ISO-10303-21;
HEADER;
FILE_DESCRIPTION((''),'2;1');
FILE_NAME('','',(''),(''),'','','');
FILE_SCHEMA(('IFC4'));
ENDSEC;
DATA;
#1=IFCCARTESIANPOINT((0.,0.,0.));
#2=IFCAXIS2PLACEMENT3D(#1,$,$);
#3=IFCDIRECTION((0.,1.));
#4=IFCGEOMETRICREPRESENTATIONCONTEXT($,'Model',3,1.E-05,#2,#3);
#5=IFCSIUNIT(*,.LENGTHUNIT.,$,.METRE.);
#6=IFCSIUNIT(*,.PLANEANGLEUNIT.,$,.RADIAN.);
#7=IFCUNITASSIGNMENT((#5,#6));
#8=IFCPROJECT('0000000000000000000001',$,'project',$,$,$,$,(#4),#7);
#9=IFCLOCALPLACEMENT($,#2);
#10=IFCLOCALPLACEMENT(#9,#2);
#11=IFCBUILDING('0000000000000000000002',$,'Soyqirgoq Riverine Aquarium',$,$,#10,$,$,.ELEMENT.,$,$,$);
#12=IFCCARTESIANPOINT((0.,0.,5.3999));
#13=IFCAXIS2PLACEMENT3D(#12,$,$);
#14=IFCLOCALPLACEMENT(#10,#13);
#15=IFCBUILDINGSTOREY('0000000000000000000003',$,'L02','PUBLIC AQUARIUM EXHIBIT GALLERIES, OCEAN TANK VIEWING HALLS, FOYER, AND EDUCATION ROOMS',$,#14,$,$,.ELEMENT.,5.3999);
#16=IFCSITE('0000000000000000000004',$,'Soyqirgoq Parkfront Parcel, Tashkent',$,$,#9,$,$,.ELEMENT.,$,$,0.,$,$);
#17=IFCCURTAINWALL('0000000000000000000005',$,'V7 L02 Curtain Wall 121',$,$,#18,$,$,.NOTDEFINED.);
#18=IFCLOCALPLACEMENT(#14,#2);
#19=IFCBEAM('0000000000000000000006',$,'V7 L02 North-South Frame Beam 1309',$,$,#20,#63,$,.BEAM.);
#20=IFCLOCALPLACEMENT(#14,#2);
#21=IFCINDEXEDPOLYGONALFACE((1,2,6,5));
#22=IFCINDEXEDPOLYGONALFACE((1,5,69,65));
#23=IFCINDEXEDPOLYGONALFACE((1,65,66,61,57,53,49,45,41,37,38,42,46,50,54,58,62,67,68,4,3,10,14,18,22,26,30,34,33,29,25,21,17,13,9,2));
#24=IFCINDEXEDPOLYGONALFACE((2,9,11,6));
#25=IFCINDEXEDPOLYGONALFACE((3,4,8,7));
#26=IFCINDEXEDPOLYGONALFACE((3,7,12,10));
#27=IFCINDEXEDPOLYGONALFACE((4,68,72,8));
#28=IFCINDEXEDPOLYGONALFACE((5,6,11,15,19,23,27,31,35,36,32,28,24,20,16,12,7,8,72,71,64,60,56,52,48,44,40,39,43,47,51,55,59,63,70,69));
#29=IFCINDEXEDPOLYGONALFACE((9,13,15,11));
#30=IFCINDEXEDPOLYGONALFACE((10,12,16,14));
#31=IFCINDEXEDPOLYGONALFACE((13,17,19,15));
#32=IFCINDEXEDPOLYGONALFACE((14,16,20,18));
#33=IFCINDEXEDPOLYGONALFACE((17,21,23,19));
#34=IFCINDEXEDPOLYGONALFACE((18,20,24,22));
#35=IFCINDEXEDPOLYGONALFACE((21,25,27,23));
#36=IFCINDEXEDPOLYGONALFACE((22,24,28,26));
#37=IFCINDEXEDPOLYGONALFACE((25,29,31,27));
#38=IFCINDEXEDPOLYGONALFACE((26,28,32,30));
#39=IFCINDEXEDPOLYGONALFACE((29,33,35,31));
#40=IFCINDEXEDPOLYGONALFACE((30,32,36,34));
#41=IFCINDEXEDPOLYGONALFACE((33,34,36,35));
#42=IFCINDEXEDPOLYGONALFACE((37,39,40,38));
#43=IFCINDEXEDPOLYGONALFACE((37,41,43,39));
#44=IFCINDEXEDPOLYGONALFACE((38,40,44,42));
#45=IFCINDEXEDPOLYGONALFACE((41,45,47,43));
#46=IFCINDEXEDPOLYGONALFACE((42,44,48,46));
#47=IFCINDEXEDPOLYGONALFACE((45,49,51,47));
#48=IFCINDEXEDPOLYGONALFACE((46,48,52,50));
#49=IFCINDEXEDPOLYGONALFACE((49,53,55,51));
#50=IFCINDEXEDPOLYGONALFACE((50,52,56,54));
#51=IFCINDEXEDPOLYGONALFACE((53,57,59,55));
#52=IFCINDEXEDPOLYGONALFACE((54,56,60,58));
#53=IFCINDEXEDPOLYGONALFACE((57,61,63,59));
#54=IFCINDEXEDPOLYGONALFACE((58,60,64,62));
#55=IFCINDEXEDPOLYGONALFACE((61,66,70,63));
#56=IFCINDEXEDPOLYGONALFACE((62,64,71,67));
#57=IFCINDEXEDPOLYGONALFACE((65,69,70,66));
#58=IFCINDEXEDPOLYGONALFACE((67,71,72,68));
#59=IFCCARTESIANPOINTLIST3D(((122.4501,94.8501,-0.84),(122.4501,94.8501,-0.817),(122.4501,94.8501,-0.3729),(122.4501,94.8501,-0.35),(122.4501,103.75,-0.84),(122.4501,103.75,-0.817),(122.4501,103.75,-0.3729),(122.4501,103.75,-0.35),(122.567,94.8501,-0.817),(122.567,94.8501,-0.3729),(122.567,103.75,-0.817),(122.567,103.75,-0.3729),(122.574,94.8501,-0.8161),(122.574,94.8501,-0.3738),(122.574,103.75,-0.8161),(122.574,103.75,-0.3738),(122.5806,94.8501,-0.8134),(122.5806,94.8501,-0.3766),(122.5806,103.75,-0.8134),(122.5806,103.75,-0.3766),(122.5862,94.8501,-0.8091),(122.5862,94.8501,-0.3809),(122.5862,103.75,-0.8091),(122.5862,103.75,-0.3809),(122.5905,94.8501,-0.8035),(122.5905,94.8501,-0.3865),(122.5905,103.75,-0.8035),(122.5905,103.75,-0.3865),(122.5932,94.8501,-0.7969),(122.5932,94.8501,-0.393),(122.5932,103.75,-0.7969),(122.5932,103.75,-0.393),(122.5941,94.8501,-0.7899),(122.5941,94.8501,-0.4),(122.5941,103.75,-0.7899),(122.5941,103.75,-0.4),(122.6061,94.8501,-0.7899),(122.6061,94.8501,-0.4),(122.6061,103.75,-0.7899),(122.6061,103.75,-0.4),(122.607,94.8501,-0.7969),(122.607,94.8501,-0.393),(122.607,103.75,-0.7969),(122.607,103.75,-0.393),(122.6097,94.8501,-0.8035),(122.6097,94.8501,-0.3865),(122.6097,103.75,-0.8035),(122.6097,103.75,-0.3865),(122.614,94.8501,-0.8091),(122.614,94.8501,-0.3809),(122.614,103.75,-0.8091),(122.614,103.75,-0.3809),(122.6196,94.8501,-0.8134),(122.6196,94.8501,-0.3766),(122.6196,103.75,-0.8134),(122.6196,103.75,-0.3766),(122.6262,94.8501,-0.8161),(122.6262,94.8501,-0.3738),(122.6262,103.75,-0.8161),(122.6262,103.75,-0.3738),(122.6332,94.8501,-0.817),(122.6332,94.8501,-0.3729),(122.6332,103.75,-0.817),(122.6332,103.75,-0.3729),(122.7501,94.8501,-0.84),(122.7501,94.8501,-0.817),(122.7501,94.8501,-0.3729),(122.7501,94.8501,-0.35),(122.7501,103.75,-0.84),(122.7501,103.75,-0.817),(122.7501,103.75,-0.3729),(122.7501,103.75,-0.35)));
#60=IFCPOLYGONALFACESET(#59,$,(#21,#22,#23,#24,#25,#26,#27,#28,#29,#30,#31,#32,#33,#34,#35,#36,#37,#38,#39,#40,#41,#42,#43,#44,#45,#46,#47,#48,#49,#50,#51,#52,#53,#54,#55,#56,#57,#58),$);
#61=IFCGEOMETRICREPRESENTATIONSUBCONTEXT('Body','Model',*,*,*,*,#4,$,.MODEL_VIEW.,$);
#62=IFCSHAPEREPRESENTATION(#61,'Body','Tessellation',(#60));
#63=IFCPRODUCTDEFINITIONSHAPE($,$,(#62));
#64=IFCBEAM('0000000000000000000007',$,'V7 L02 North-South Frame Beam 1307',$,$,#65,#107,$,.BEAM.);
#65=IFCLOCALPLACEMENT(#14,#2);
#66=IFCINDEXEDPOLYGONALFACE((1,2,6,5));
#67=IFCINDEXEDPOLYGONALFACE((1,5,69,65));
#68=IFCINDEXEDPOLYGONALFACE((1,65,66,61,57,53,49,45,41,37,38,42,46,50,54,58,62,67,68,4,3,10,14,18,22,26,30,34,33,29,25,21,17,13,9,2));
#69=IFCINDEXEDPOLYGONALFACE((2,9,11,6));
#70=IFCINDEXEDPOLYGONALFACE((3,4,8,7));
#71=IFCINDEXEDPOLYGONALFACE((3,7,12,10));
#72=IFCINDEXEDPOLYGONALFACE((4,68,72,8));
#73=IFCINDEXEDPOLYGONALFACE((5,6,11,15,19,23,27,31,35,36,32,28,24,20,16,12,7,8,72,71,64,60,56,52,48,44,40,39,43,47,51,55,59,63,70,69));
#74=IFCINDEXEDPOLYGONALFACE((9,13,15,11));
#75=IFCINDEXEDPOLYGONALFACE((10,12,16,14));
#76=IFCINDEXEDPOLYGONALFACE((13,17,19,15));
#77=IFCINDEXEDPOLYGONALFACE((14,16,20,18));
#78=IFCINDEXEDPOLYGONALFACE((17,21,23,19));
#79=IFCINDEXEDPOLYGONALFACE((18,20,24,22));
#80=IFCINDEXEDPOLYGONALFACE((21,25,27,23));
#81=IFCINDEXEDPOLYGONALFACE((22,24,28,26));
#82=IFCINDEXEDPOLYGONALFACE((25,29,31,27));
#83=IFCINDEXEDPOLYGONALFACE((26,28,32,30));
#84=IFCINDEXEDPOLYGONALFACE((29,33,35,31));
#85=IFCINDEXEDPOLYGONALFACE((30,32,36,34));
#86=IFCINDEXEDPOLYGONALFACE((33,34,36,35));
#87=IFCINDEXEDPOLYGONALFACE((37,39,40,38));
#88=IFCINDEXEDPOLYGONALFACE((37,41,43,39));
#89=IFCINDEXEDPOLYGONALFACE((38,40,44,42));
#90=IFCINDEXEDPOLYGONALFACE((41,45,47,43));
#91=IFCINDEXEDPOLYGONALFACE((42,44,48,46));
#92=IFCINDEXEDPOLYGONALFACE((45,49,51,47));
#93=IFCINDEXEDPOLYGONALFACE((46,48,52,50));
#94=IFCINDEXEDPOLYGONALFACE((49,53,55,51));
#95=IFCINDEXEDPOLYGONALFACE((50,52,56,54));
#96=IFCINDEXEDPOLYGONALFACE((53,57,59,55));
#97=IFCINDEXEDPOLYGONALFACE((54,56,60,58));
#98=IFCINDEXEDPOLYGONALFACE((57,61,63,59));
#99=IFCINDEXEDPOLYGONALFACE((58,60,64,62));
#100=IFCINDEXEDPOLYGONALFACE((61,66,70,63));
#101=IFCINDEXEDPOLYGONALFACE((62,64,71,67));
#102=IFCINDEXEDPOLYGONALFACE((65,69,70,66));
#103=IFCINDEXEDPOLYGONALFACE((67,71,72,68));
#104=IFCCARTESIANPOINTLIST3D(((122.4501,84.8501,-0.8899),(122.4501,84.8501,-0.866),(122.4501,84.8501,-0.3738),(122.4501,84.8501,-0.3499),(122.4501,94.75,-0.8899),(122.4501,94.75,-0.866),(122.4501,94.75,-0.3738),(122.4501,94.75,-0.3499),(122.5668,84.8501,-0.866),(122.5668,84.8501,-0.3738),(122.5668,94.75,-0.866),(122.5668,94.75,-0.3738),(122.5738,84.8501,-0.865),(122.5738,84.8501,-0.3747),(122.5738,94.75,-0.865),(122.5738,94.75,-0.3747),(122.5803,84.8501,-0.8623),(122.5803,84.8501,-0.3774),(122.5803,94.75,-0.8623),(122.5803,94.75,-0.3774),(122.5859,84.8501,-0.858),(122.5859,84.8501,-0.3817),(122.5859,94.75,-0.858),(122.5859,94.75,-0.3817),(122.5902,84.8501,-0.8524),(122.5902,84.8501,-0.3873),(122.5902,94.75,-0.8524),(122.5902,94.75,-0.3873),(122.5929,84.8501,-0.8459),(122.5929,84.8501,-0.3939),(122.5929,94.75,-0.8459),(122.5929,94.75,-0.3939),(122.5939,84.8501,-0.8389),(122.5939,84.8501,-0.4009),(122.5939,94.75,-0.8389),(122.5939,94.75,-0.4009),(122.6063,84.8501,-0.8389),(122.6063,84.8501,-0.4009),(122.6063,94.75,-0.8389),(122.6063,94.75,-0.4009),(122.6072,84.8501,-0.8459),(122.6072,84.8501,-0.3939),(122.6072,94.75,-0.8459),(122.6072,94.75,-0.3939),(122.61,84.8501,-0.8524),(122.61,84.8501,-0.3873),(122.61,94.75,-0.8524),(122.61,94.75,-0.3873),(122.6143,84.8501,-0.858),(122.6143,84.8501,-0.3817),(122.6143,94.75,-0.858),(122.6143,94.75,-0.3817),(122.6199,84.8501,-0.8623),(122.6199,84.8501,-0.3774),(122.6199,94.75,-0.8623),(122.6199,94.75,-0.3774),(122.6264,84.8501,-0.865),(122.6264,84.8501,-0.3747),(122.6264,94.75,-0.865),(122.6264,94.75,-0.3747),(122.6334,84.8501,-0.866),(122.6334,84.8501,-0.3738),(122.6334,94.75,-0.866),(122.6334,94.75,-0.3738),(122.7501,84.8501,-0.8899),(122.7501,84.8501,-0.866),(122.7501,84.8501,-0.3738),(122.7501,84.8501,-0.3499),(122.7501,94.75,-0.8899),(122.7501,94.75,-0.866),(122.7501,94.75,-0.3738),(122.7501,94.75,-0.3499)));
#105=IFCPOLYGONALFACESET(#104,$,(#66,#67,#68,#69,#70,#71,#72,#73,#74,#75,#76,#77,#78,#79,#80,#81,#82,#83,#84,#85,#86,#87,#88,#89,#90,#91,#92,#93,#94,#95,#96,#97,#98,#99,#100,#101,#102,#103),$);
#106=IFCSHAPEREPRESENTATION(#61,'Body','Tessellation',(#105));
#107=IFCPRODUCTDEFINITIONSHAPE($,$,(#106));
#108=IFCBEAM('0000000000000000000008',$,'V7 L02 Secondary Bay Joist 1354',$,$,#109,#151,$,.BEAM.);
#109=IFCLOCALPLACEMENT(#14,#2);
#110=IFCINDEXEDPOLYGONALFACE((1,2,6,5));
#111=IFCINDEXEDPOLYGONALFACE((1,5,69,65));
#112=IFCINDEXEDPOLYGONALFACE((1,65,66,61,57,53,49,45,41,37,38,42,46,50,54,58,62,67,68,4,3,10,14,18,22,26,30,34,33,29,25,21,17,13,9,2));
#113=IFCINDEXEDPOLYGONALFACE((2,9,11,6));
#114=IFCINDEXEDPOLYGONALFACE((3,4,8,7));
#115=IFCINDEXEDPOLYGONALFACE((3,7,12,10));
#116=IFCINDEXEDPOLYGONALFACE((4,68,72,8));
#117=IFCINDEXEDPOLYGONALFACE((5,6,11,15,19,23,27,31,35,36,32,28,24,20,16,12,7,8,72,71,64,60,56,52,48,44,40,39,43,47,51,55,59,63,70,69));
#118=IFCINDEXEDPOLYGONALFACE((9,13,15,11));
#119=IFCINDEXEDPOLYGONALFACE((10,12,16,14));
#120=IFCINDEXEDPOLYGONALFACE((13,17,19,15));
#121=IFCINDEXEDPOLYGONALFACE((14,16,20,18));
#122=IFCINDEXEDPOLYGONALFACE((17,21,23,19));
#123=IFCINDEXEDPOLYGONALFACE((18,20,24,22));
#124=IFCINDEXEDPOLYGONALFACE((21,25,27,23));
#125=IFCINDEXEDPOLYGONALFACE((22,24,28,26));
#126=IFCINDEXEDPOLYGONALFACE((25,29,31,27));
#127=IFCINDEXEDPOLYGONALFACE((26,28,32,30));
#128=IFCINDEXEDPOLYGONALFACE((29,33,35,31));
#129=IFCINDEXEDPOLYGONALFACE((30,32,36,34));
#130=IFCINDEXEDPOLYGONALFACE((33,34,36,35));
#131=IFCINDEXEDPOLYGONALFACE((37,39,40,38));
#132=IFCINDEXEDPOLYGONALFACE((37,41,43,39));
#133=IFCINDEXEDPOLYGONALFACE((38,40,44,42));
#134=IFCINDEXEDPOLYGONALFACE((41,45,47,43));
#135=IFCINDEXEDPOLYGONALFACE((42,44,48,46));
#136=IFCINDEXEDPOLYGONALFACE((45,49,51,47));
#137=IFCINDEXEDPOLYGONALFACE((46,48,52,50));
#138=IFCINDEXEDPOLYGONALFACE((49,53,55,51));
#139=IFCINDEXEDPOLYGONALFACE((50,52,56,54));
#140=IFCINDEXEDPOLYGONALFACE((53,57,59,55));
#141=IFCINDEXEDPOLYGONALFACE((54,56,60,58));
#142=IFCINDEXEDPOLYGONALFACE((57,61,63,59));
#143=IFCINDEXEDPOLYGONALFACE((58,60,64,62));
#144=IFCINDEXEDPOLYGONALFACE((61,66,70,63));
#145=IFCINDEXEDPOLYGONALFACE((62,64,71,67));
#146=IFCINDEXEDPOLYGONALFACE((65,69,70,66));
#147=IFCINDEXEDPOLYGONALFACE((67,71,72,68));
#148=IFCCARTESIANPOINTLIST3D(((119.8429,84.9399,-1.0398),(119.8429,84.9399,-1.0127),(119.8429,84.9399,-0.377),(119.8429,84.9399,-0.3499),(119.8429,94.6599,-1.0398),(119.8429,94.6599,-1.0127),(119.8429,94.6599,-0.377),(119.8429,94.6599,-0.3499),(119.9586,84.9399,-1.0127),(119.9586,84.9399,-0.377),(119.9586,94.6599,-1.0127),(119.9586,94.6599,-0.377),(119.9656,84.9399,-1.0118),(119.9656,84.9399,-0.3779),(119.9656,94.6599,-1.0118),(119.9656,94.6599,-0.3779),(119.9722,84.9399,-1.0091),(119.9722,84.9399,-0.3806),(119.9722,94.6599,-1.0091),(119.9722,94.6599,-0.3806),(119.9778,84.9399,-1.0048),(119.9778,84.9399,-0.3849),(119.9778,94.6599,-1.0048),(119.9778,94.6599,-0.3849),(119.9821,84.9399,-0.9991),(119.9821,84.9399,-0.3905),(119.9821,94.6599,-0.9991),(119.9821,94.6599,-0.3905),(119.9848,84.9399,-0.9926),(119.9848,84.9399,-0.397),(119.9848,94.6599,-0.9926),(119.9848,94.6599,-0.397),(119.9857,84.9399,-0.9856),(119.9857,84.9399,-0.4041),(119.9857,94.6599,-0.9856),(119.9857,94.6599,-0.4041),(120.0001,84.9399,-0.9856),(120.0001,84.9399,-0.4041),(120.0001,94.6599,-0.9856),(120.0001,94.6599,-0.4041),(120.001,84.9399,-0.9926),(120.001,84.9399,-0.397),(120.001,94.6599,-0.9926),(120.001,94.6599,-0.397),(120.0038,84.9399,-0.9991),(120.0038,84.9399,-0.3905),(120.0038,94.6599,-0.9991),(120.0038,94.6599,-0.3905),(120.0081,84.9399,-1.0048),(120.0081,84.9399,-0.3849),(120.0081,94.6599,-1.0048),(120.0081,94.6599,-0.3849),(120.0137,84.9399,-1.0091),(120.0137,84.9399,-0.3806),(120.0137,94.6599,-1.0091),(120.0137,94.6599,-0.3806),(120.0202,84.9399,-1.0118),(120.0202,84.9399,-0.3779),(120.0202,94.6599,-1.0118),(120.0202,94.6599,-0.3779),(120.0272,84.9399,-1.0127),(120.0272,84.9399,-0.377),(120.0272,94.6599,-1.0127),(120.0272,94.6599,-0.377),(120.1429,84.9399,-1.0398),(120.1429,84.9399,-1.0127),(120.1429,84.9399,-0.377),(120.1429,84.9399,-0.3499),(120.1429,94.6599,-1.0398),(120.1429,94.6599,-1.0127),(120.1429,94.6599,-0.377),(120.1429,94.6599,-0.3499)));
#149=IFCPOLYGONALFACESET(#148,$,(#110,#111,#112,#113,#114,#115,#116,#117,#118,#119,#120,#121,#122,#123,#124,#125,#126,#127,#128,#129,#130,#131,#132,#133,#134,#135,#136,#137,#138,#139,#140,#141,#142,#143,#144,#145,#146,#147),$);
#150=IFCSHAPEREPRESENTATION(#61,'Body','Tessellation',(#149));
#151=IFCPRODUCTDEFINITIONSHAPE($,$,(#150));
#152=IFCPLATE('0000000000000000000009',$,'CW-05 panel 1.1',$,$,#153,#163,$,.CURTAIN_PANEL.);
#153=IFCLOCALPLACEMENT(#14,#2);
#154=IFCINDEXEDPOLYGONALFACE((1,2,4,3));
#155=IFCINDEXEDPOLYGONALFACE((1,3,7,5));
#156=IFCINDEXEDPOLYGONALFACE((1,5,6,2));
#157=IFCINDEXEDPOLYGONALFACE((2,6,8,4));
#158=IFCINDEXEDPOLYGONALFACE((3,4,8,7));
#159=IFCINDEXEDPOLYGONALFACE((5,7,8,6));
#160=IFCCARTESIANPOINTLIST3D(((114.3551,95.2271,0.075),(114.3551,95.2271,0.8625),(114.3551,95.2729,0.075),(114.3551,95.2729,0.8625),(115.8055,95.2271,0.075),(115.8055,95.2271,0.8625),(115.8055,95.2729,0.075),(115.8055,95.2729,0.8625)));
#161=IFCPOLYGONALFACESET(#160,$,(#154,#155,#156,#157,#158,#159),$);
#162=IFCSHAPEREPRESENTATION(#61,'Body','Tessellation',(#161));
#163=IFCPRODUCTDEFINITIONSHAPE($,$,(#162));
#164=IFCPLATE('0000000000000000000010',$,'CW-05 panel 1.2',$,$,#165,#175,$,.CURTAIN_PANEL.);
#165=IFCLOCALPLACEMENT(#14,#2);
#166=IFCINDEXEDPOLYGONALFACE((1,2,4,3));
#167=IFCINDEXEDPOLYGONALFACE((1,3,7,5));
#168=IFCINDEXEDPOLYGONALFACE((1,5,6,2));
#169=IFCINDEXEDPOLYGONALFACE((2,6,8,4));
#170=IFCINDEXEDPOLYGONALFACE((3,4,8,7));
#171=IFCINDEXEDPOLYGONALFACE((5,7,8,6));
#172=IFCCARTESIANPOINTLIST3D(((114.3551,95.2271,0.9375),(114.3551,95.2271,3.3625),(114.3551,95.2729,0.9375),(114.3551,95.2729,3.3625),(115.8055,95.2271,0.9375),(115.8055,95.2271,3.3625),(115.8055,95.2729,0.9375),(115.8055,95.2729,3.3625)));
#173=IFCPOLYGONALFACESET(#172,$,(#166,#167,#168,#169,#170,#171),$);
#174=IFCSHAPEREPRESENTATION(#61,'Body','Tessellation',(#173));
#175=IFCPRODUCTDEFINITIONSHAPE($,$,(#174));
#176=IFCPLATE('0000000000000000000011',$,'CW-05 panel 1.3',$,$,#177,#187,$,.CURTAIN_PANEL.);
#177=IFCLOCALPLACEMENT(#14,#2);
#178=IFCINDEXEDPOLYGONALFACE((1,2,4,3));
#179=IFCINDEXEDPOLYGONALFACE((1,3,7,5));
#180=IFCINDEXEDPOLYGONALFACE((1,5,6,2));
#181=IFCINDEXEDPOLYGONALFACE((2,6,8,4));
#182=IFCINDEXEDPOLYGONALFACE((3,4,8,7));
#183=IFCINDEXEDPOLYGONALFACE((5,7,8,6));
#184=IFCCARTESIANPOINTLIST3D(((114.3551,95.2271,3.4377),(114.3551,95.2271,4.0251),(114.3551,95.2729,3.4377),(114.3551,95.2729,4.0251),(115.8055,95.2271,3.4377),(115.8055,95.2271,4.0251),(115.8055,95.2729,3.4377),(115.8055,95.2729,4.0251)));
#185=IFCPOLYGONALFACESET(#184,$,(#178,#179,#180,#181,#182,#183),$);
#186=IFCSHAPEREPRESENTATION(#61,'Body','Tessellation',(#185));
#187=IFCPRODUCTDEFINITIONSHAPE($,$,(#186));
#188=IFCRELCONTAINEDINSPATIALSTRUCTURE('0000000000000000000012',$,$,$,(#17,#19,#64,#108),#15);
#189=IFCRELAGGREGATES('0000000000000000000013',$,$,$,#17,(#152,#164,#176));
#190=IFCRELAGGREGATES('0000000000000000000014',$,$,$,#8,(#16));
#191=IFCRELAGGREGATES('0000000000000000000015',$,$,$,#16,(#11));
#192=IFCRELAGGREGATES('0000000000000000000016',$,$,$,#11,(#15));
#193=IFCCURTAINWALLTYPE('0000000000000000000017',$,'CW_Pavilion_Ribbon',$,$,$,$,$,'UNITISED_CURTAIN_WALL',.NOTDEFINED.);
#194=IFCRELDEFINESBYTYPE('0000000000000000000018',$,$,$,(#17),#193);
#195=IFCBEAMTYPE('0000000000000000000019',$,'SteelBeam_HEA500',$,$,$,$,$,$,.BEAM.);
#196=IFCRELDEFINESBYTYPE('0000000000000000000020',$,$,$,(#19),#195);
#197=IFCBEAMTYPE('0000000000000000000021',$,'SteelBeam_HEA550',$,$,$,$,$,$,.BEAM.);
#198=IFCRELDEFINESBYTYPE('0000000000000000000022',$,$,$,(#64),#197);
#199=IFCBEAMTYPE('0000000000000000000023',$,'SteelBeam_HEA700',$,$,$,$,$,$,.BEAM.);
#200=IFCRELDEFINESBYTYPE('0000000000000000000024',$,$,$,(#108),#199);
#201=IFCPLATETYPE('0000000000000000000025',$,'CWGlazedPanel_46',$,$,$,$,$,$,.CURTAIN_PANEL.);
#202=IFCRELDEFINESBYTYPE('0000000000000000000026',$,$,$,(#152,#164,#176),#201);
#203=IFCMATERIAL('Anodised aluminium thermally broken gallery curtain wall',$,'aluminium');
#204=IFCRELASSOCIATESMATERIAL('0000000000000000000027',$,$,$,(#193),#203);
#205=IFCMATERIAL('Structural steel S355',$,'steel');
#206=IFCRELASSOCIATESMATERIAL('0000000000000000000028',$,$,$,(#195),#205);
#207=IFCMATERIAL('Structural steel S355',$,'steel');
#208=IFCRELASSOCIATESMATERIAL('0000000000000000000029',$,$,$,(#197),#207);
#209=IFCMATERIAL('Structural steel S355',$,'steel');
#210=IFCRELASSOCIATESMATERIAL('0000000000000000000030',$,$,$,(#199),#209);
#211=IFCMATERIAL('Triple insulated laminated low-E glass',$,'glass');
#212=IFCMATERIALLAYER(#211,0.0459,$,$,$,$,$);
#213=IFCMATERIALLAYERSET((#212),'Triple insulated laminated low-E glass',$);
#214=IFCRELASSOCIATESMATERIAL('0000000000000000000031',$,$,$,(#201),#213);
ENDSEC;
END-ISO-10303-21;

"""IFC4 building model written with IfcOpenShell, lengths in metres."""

from ifc_helpers import new_model, si_unit, direction, frame, origin, origin_2d, place, context, subcontext, project, spatial, rectangle, i_section, extrude, material, layer, layer_set, material_profile, profile_set, type_object, element, aggregate, save


model = new_model("IFC4")

# Units and contexts
model_context = context("Model", 3, precision=1e-05, world=origin(), true_north=direction((0.0, 1.0)))
body_context = subcontext(model_context, "Body", "Model", "MODEL_VIEW")
ifc_project = project(units=[si_unit("LENGTHUNIT", "METRE"), si_unit("PLANEANGLEUNIT", "RADIAN")], contexts=[model_context])

# Site, building, storey
site_placement = place(None, origin())
site = spatial("IfcSite", under=ifc_project, at=site_placement, Name="Soyqirgoq Parkfront Parcel, Tashkent", CompositionType="ELEMENT", RefElevation=0.0)
building_placement = place(site_placement, origin())
building = spatial("IfcBuilding", under=site, at=building_placement, Name="Soyqirgoq Riverine Aquarium", CompositionType="ELEMENT")
storey_placement = place(building_placement, frame((0.0, 0.0, 5.3999)))
storey = spatial("IfcBuildingStorey", under=building, at=storey_placement, Name="L02", Description="PUBLIC AQUARIUM EXHIBIT GALLERIES, OCEAN TANK VIEWING HALLS, FOYER, AND EDUCATION ROOMS", CompositionType="ELEMENT", Elevation=5.3999)

# Curtain wall
ifc_material_1 = material(Name="Anodised aluminium thermally broken gallery curtain wall", Category="aluminium")
curtain_wall_type = type_object("IfcCurtainWallType", Name="CW_Pavilion_Ribbon", ElementType="UNITISED_CURTAIN_WALL", PredefinedType="NOTDEFINED", material=ifc_material_1)
curtain_wall_placement = place(storey_placement, origin())
curtain_wall = element("IfcCurtainWall", 1, at=curtain_wall_placement, inside=storey, type_object=curtain_wall_type, Name="V7 L02 Curtain Wall 121", PredefinedType="NOTDEFINED")

# Beams
ifc_material_2 = material(Name="Structural steel S355", Category="steel")
ifc_material_profile_1 = material_profile(ifc_material_2, i_section(OverallWidth=0.3, OverallDepth=0.49, WebThickness=0.012, FlangeThickness=0.0229, FilletRadius=0.0271, at=origin_2d()), Name="HEA 500")
ifc_profile_set_1 = profile_set([ifc_material_profile_1], Name="Structural steel S355")
beam_type_1 = type_object("IfcBeamType", Name="SteelBeam_HEA500", PredefinedType="BEAM", material=ifc_profile_set_1)
beam_1_placement = place(storey_placement, frame((122.6001, 94.8501, -0.595), z_axis=(0.0, 1.0, 0.0), x_axis=(-1.0, 0.0, 0.0)))
element("IfcBeam", 2, at=beam_1_placement, inside=storey, type_object=beam_type_1, Name="V7 L02 North-South Frame Beam 1309", PredefinedType="BEAM", context=body_context, shape_type="SweptSolid", body=[
    extrude(i_section(OverallWidth=0.3, OverallDepth=0.49, WebThickness=0.012, FlangeThickness=0.0229, FilletRadius=0.0271, at=origin_2d()), origin(), (0.0, 0.0, 1.0), 8.8999),
])
ifc_material_3 = material(Name="Structural steel S355", Category="steel")
ifc_material_profile_2 = material_profile(ifc_material_3, i_section(OverallWidth=0.3, OverallDepth=0.54, WebThickness=0.0125, FlangeThickness=0.0239, FilletRadius=0.0271, at=origin_2d()), Name="HEA 550")
ifc_profile_set_2 = profile_set([ifc_material_profile_2], Name="Structural steel S355")
beam_type_2 = type_object("IfcBeamType", Name="SteelBeam_HEA550", PredefinedType="BEAM", material=ifc_profile_set_2)
beam_2_placement = place(storey_placement, frame((122.6001, 84.8501, -0.6199), z_axis=(0.0, 1.0, 0.0), x_axis=(-1.0, 0.0, 0.0)))
element("IfcBeam", 3, at=beam_2_placement, inside=storey, type_object=beam_type_2, Name="V7 L02 North-South Frame Beam 1307", PredefinedType="BEAM", context=body_context, shape_type="SweptSolid", body=[
    extrude(i_section(OverallWidth=0.3, OverallDepth=0.54, WebThickness=0.0125, FlangeThickness=0.0239, FilletRadius=0.0271, at=origin_2d()), origin(), (0.0, 0.0, 1.0), 9.8999),
])
ifc_material_4 = material(Name="Structural steel S355", Category="steel")
ifc_material_profile_3 = material_profile(ifc_material_4, i_section(OverallWidth=0.3, OverallDepth=0.6899, WebThickness=0.0144, FlangeThickness=0.0271, FilletRadius=0.0271, at=origin_2d()), Name="HEA 700")
ifc_profile_set_3 = profile_set([ifc_material_profile_3], Name="Structural steel S355")
beam_type_3 = type_object("IfcBeamType", Name="SteelBeam_HEA700", PredefinedType="BEAM", material=ifc_profile_set_3)
beam_3_placement = place(storey_placement, frame((119.9929, 84.9399, -0.6948), z_axis=(0.0, 1.0, 0.0), x_axis=(-1.0, 0.0, 0.0)))
element("IfcBeam", 4, at=beam_3_placement, inside=storey, type_object=beam_type_3, Name="V7 L02 Secondary Bay Joist 1354", PredefinedType="BEAM", context=body_context, shape_type="SweptSolid", body=[
    extrude(i_section(OverallWidth=0.3, OverallDepth=0.6899, WebThickness=0.0144, FlangeThickness=0.0271, FilletRadius=0.0271, at=origin_2d()), origin(), (0.0, 0.0, 1.0), 9.72),
])

# Plates
ifc_material_5 = material(Name="Triple insulated laminated low-E glass", Category="glass")
ifc_layer_1 = layer(ifc_material_5, 0.0459)
ifc_layer_set_1 = layer_set([ifc_layer_1], Name="Triple insulated laminated low-E glass")
plate_type = type_object("IfcPlateType", Name="CWGlazedPanel_46", PredefinedType="CURTAIN_PANEL", material=ifc_layer_set_1)
plate_1_placement = place(storey_placement, frame((115.0803, 95.25, 0.075), z_axis=(0.0, 0.0, 1.0), x_axis=(1.0, 0.0, 0.0)))
plate_1 = element("IfcPlate", 5, at=plate_1_placement, type_object=plate_type, Name="CW-05 panel 1.1", PredefinedType="CURTAIN_PANEL", context=body_context, shape_type="SweptSolid", body=[
    extrude(rectangle(XDim=1.4504, YDim=0.0459, at=origin_2d()), origin(), (0.0, 0.0, 1.0), 0.7876),
])
plate_2_placement = place(storey_placement, frame((115.0803, 95.25, 0.9375), z_axis=(0.0, 0.0, 1.0), x_axis=(1.0, 0.0, 0.0)))
plate_2 = element("IfcPlate", 6, at=plate_2_placement, type_object=plate_type, Name="CW-05 panel 1.2", PredefinedType="CURTAIN_PANEL", context=body_context, shape_type="SweptSolid", body=[
    extrude(rectangle(XDim=1.4504, YDim=0.0459, at=origin_2d()), origin(), (0.0, 0.0, 1.0), 2.425),
])
plate_3_placement = place(storey_placement, frame((115.0803, 95.25, 3.4377), z_axis=(0.0, 0.0, 1.0), x_axis=(1.0, 0.0, 0.0)))
plate_3 = element("IfcPlate", 7, at=plate_3_placement, type_object=plate_type, Name="CW-05 panel 1.3", PredefinedType="CURTAIN_PANEL", context=body_context, shape_type="SweptSolid", body=[
    extrude(rectangle(XDim=1.4504, YDim=0.0459, at=origin_2d()), origin(), (0.0, 0.0, 1.0), 0.5874),
])
aggregate(curtain_wall, [plate_1, plate_2, plate_3])

save(model, "model.ifc")
